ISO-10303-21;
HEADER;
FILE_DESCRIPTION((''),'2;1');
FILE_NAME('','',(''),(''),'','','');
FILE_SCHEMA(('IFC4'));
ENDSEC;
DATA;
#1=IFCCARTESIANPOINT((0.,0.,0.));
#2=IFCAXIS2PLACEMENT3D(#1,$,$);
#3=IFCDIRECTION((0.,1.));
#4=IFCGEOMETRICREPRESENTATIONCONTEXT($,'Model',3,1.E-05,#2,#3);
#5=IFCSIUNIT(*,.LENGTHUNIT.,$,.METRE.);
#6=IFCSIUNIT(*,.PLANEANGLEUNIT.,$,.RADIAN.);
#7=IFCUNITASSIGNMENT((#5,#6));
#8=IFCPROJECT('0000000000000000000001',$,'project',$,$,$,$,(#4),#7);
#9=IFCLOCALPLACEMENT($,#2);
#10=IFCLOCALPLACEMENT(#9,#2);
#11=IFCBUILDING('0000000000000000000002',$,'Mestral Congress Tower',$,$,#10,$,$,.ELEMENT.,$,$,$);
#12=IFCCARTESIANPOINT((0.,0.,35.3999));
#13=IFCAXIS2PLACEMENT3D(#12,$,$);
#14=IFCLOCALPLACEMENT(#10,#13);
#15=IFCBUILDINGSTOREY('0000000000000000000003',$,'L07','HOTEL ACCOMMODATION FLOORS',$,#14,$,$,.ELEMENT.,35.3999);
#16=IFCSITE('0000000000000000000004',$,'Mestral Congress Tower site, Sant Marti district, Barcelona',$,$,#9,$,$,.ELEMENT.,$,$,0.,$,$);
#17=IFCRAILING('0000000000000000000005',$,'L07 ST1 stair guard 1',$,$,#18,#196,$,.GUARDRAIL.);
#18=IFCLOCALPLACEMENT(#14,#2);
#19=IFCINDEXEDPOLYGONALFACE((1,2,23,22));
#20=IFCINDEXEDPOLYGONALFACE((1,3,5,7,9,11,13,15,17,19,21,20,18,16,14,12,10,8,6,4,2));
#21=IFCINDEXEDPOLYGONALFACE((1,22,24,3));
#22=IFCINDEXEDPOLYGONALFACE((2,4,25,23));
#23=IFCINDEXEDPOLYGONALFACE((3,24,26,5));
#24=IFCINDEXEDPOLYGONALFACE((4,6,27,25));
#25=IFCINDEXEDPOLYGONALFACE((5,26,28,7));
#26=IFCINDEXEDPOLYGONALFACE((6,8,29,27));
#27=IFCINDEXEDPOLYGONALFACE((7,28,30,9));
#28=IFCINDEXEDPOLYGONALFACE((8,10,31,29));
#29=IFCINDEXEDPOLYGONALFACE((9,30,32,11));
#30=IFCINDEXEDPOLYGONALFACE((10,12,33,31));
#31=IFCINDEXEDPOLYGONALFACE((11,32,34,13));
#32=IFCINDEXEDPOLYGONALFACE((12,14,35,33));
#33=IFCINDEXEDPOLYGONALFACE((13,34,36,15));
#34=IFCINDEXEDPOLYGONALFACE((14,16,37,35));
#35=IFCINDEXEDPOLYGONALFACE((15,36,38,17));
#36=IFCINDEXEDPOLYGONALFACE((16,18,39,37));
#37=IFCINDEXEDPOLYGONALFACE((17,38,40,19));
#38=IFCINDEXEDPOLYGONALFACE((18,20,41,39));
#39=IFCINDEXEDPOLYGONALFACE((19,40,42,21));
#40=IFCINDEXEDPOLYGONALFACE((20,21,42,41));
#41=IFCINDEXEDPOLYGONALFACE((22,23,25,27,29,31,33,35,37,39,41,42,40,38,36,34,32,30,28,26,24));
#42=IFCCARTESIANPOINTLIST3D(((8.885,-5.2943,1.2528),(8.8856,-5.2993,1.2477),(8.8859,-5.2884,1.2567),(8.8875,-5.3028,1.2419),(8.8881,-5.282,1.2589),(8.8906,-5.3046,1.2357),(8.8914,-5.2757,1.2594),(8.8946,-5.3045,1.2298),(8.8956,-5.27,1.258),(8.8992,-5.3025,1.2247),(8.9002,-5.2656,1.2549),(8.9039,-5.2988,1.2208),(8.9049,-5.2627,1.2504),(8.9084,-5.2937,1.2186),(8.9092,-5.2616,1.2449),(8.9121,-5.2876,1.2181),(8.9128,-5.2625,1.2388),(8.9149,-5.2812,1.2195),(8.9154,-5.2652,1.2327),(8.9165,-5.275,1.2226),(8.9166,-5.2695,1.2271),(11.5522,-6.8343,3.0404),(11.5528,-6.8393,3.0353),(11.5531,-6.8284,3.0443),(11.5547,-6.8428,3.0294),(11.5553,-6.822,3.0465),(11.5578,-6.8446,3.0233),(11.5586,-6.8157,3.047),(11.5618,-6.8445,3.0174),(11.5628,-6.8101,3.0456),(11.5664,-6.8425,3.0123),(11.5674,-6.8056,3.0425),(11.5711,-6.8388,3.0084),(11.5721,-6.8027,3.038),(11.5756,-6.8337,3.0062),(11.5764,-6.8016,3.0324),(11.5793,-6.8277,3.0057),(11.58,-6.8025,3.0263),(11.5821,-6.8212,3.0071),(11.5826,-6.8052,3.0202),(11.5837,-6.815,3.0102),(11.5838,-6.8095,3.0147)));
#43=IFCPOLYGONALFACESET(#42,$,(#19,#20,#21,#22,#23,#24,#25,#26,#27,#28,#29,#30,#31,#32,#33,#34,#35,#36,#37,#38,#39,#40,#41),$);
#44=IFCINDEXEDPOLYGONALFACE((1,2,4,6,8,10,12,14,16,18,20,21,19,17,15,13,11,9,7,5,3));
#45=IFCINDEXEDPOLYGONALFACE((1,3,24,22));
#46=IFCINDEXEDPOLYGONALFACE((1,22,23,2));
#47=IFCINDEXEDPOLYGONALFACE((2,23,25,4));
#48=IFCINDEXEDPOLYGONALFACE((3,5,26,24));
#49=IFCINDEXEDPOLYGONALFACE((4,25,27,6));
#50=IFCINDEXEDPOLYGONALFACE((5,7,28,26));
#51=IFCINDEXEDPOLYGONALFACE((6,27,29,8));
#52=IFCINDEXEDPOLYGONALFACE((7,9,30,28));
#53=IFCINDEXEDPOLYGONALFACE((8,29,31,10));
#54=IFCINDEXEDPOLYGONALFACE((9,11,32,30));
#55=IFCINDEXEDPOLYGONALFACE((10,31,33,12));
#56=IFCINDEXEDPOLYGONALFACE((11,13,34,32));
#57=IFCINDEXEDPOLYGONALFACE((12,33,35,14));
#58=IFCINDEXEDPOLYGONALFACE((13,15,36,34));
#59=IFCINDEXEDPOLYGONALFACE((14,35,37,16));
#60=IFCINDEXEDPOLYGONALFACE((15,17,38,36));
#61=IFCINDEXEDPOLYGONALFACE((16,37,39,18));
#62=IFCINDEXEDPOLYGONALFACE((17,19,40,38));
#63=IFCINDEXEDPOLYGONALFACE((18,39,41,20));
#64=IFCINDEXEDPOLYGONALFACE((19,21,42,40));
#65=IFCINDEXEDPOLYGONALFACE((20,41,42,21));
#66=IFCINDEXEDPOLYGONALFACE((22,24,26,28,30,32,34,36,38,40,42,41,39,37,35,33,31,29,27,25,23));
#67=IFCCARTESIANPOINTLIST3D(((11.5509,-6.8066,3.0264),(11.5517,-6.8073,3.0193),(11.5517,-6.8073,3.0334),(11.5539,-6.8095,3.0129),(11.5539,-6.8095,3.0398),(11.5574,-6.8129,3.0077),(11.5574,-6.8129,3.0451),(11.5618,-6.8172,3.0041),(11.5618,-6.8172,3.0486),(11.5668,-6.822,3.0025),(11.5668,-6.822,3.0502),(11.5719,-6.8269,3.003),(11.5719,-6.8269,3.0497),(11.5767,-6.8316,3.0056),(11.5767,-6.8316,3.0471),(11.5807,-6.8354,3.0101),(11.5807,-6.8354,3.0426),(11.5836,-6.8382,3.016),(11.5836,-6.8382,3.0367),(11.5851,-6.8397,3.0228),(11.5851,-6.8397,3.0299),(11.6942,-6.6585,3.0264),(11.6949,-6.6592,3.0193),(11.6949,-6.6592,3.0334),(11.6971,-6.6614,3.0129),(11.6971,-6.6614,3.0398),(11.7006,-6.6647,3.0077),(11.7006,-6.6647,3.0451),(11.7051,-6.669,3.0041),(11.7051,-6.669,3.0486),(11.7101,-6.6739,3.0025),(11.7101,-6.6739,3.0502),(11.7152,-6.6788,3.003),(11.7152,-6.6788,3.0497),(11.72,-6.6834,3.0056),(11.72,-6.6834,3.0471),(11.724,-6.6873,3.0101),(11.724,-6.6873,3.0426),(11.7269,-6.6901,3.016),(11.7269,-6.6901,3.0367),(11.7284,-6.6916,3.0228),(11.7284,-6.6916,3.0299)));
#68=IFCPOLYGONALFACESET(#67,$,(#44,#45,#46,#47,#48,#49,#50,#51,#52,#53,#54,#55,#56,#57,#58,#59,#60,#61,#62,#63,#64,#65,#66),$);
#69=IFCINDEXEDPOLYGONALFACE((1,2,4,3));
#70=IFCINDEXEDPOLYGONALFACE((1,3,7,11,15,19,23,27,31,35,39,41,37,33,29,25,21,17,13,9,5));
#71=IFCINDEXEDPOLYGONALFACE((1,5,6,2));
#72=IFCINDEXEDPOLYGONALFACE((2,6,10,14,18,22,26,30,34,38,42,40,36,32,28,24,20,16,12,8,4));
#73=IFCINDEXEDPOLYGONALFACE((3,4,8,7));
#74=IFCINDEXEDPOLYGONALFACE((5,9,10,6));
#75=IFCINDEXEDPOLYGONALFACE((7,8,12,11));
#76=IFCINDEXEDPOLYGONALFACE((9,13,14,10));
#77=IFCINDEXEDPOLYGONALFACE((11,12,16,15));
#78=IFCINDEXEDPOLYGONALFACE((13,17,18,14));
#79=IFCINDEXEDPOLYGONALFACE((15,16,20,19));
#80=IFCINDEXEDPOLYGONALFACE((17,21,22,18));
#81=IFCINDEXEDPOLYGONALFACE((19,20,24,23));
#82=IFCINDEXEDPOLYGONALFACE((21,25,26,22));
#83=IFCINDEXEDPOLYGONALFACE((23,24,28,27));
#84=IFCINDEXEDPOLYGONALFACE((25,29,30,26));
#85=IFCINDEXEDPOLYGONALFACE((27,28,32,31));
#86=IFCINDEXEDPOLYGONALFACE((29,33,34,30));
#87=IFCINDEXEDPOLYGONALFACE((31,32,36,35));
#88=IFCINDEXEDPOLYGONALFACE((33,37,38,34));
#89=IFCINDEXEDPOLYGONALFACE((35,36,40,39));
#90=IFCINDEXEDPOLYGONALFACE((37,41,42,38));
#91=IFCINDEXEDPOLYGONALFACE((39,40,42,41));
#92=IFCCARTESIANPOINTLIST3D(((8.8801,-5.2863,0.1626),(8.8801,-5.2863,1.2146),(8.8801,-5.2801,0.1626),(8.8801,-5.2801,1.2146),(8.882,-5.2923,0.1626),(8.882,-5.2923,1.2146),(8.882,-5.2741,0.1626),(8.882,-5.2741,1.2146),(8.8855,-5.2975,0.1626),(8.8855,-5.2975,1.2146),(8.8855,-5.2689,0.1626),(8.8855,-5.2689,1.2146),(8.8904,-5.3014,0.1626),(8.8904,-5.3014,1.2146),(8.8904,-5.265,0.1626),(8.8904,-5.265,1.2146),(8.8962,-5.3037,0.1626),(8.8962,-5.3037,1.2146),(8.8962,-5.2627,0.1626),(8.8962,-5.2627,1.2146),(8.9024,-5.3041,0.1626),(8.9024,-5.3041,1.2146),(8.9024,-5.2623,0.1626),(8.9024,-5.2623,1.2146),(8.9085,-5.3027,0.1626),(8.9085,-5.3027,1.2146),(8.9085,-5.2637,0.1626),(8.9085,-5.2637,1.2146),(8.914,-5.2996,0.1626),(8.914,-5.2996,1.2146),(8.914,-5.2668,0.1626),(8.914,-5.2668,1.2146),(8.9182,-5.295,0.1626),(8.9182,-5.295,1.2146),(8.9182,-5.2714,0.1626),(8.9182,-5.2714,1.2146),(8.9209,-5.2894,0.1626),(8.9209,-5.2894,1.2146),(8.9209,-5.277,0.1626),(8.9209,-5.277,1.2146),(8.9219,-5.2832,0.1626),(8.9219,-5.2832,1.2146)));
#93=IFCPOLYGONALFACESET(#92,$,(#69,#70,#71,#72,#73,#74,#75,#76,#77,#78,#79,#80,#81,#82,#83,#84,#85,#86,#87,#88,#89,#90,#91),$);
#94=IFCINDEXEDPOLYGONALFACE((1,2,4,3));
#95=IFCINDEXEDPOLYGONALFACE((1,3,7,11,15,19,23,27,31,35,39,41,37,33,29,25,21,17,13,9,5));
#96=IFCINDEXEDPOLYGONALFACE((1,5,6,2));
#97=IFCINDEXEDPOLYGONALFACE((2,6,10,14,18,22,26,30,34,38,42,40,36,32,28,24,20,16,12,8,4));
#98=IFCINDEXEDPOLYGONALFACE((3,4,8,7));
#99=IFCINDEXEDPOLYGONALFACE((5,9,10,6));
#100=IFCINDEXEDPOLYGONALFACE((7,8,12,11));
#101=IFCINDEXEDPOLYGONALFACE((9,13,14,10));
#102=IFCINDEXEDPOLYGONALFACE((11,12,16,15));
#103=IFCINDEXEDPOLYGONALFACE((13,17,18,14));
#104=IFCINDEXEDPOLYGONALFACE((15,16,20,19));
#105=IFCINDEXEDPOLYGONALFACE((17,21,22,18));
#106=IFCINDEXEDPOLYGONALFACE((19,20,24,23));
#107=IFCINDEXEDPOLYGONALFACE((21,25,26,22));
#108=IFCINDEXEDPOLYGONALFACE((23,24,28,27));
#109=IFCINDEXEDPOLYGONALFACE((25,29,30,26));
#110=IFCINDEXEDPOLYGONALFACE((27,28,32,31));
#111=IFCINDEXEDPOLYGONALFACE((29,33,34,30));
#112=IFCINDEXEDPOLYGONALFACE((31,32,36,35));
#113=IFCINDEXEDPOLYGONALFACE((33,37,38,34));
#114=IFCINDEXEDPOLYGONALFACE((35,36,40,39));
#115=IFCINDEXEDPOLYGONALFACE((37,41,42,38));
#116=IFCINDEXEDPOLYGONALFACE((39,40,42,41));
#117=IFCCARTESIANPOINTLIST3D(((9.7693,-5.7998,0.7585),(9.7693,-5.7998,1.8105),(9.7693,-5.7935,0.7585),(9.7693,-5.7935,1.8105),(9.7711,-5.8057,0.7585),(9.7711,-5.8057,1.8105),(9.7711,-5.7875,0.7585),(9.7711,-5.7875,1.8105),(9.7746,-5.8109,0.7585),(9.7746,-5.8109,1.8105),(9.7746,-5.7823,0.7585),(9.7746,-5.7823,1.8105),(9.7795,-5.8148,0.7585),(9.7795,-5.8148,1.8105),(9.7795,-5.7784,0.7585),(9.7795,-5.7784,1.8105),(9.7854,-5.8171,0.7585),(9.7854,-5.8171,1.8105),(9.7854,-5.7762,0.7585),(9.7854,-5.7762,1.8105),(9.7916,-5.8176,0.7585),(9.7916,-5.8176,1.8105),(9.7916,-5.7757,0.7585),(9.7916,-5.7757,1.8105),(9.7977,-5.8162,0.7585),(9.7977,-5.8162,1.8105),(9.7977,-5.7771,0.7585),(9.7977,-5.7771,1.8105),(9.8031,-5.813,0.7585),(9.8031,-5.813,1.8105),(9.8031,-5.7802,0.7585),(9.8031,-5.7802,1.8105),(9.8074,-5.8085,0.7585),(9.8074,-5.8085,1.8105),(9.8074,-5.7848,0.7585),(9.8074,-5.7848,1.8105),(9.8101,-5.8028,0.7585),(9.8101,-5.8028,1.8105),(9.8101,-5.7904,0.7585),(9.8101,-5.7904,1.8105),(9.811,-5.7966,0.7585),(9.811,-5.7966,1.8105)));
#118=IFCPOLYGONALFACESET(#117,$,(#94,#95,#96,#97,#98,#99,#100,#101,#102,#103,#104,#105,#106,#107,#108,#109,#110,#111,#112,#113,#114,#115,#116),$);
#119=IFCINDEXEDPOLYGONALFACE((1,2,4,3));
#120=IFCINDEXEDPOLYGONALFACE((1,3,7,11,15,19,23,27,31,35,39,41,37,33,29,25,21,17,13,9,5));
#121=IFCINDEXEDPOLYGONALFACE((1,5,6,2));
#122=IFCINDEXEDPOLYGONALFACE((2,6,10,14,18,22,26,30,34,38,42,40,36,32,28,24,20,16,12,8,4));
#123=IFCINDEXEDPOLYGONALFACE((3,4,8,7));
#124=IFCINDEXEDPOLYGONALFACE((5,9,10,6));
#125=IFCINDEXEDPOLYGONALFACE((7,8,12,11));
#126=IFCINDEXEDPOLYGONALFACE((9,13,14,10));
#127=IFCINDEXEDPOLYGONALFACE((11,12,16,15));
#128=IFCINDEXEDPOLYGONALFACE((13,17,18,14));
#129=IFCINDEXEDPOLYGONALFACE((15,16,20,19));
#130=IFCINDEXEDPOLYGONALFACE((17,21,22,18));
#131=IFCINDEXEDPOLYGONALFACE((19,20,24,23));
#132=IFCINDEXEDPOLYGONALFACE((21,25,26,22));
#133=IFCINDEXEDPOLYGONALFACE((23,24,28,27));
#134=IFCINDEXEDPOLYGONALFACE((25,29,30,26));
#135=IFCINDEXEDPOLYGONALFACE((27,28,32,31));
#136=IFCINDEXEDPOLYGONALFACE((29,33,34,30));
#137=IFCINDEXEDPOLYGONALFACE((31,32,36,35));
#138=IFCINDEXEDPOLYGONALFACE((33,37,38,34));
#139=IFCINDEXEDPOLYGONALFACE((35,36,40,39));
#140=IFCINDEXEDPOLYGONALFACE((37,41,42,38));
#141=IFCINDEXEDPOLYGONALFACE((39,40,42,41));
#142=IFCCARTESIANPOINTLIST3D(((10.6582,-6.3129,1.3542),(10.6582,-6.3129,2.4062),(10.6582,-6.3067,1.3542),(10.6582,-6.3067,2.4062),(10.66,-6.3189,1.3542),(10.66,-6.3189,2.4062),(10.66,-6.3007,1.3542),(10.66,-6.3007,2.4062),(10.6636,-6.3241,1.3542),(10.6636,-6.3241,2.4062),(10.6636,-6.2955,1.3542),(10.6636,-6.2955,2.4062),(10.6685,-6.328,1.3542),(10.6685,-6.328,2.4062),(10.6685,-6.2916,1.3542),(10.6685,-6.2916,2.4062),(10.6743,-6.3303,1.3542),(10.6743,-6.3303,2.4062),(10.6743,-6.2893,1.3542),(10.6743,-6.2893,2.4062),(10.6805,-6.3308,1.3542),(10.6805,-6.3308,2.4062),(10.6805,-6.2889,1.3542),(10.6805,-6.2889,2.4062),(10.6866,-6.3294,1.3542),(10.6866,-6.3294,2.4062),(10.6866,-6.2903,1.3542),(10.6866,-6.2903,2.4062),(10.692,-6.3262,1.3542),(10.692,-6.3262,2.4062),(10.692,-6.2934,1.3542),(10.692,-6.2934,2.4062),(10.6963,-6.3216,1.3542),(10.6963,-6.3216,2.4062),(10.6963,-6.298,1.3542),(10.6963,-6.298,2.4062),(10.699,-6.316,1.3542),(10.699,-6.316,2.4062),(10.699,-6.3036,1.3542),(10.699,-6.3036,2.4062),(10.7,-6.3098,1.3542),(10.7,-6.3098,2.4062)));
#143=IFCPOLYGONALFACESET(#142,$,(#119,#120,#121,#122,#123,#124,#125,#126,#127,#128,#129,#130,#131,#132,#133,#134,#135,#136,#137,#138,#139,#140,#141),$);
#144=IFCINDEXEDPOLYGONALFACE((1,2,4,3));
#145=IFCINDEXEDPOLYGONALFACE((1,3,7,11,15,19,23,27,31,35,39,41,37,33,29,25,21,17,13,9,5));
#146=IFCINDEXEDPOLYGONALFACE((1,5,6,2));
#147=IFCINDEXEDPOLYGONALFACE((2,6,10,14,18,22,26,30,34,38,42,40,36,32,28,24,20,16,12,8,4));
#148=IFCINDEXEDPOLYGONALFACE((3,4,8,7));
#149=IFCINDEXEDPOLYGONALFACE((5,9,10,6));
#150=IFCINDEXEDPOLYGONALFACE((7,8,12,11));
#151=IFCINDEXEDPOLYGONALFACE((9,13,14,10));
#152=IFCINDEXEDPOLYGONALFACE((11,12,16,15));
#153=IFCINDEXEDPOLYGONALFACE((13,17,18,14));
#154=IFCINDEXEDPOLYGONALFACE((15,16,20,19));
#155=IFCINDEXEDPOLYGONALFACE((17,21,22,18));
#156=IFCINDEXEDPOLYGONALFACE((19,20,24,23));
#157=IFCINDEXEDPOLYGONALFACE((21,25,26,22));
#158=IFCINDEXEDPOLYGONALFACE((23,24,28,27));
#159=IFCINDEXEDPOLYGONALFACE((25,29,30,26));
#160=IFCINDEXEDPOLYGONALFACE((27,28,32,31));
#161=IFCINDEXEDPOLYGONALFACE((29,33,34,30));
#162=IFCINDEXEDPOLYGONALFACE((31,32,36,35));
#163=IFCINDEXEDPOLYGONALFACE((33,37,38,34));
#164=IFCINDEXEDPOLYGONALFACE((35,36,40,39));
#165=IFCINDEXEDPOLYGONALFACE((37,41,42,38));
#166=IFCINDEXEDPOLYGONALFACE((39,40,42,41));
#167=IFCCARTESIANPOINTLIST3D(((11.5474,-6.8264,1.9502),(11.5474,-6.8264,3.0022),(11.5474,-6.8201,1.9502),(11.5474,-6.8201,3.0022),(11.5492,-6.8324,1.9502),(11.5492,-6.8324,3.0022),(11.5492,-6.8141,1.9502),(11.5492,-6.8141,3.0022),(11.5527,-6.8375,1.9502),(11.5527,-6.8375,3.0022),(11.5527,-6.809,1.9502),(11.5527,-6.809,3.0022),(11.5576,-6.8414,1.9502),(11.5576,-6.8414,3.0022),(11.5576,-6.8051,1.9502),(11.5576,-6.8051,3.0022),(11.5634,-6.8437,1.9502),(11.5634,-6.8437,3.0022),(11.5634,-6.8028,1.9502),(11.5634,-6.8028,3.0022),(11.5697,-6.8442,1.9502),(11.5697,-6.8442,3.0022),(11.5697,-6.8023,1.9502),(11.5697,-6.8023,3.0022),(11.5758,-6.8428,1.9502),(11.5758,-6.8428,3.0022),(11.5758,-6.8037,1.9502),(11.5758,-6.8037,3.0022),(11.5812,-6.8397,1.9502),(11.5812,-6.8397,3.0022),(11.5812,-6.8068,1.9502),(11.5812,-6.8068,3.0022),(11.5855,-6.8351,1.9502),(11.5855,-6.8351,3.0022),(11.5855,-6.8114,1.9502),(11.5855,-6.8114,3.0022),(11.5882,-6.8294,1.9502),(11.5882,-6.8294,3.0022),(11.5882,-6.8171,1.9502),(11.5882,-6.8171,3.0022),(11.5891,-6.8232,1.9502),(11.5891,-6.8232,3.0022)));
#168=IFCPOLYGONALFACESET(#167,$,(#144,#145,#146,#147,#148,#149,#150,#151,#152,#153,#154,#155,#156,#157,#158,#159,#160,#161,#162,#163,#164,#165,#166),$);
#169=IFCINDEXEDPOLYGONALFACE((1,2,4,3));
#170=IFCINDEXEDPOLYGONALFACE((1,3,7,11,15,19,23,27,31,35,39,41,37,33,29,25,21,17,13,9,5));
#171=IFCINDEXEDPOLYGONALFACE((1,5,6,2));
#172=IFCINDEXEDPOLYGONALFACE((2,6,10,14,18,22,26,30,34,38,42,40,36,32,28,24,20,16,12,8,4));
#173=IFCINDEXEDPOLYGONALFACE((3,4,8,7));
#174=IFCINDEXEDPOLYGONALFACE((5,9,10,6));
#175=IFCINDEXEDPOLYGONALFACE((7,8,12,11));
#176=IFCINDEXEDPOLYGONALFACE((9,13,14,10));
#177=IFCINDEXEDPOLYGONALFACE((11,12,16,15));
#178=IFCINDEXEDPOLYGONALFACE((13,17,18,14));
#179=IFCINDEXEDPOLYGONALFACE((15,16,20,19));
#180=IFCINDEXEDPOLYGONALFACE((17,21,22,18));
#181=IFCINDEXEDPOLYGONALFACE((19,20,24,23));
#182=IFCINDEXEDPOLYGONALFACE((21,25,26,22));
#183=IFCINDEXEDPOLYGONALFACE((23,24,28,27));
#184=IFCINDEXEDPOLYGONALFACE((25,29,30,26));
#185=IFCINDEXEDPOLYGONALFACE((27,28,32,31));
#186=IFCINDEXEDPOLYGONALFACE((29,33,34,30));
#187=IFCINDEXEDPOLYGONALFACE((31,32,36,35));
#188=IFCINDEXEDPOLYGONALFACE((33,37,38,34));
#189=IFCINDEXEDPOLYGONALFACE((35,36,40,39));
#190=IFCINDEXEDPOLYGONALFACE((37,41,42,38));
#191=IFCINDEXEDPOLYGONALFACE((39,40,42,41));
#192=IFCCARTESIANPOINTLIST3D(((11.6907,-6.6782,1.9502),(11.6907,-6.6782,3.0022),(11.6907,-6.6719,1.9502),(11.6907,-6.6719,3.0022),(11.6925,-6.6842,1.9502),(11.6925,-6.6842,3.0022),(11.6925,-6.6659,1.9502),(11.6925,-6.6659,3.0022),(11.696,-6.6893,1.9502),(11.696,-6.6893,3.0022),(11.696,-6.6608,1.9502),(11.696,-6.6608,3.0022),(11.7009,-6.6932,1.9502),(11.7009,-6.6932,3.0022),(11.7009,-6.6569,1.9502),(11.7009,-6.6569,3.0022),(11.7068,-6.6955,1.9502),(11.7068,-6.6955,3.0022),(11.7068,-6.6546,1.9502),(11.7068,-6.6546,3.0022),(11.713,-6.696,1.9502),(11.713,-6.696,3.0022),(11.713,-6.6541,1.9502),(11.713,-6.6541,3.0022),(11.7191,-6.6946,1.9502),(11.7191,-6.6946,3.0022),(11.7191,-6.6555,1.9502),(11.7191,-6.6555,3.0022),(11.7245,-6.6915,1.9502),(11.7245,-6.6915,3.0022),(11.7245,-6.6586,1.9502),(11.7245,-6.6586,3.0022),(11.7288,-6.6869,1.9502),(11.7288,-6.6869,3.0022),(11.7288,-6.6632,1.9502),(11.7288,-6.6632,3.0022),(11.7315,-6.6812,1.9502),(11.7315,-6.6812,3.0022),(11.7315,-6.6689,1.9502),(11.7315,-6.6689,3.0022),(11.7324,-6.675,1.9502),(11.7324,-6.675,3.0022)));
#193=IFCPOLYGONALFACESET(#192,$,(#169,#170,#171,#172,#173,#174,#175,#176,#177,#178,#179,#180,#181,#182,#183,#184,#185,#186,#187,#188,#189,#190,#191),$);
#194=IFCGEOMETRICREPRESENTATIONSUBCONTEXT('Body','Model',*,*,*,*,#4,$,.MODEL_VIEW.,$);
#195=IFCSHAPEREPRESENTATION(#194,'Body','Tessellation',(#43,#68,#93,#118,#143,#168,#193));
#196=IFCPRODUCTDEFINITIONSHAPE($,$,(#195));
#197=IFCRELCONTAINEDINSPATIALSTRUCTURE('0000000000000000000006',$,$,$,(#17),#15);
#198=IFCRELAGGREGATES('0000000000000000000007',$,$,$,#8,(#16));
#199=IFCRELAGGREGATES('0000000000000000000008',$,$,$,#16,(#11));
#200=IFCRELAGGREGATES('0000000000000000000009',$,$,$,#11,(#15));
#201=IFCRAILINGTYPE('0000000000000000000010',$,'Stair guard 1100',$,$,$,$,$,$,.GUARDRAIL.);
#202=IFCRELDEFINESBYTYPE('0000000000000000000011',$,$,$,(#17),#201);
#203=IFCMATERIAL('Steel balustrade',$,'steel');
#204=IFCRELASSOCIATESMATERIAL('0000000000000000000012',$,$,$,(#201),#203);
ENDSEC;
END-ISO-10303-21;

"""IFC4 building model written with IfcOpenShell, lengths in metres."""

from ifc_helpers import new_model, si_unit, direction, frame, origin, origin_2d, place, context, subcontext, project, spatial, circle, extrude, material, type_object, element, save


model = new_model("IFC4")

# Units and contexts
model_context = context("Model", 3, precision=1e-05, world=origin(), true_north=direction((0.0, 1.0)))
body_context = subcontext(model_context, "Body", "Model", "MODEL_VIEW")
ifc_project = project(units=[si_unit("LENGTHUNIT", "METRE"), si_unit("PLANEANGLEUNIT", "RADIAN")], contexts=[model_context])

# Site, building, storey
site_placement = place(None, origin())
site = spatial("IfcSite", under=ifc_project, at=site_placement, Name="Mestral Congress Tower site, Sant Marti district, Barcelona", CompositionType="ELEMENT", RefElevation=0.0)
building_placement = place(site_placement, origin())
building = spatial("IfcBuilding", under=site, at=building_placement, Name="Mestral Congress Tower", CompositionType="ELEMENT")
storey_placement = place(building_placement, frame((0.0, 0.0, 35.3999)))
storey = spatial("IfcBuildingStorey", under=building, at=storey_placement, Name="L07", Description="HOTEL ACCOMMODATION FLOORS", CompositionType="ELEMENT", Elevation=35.3999)

# Railing
ifc_material_1 = material(Name="Steel balustrade", Category="steel")
railing_type_1 = type_object("IfcRailingType", Name="Stair guard 1100", PredefinedType="GUARDRAIL", material=ifc_material_1)
railing_1_placement = place(storey_placement, frame((8.9009, -5.2832, 0.1626)))
element("IfcRailing", 1, at=railing_1_placement, inside=storey, type_object=railing_type_1, Name="L07 ST1 stair guard 1", PredefinedType="GUARDRAIL", context=body_context, shape_type="SweptSolid", body=[
    extrude(circle(Radius=0.0239, at=origin_2d()), frame((0.0, 0.0, 1.0762), z_axis=(0.748994, -0.432463, 0.50198), x_axis=(0.500027, 0.86601, 0.0)), (0.0, 0.0, 1.0), 3.561),
    extrude(circle(Radius=0.0239, at=origin_2d()), frame((2.6672, -1.54, 2.8638), z_axis=(0.695165, 0.71885, 0.0), x_axis=(-0.71885, 0.695165, 0.0)), (0.0, 0.0, 1.0), 0.2061),
    extrude(circle(Radius=0.021, at=origin_2d()), origin(), (0.0, 0.0, 1.0), 1.052),
    extrude(circle(Radius=0.021, at=origin_2d()), frame((0.8892, -0.5134, 0.5959)), (0.0, 0.0, 1.0), 1.052),
    extrude(circle(Radius=0.021, at=origin_2d()), frame((1.7781, -1.0266, 1.1917)), (0.0, 0.0, 1.0), 1.052),
    extrude(circle(Radius=0.021, at=origin_2d()), frame((2.6672, -1.54, 1.7876)), (0.0, 0.0, 1.0), 1.052),
    extrude(circle(Radius=0.021, at=origin_2d()), frame((2.8105, -1.3918, 1.7876)), (0.0, 0.0, 1.0), 1.052),
])

save(model, "model.ifc")
